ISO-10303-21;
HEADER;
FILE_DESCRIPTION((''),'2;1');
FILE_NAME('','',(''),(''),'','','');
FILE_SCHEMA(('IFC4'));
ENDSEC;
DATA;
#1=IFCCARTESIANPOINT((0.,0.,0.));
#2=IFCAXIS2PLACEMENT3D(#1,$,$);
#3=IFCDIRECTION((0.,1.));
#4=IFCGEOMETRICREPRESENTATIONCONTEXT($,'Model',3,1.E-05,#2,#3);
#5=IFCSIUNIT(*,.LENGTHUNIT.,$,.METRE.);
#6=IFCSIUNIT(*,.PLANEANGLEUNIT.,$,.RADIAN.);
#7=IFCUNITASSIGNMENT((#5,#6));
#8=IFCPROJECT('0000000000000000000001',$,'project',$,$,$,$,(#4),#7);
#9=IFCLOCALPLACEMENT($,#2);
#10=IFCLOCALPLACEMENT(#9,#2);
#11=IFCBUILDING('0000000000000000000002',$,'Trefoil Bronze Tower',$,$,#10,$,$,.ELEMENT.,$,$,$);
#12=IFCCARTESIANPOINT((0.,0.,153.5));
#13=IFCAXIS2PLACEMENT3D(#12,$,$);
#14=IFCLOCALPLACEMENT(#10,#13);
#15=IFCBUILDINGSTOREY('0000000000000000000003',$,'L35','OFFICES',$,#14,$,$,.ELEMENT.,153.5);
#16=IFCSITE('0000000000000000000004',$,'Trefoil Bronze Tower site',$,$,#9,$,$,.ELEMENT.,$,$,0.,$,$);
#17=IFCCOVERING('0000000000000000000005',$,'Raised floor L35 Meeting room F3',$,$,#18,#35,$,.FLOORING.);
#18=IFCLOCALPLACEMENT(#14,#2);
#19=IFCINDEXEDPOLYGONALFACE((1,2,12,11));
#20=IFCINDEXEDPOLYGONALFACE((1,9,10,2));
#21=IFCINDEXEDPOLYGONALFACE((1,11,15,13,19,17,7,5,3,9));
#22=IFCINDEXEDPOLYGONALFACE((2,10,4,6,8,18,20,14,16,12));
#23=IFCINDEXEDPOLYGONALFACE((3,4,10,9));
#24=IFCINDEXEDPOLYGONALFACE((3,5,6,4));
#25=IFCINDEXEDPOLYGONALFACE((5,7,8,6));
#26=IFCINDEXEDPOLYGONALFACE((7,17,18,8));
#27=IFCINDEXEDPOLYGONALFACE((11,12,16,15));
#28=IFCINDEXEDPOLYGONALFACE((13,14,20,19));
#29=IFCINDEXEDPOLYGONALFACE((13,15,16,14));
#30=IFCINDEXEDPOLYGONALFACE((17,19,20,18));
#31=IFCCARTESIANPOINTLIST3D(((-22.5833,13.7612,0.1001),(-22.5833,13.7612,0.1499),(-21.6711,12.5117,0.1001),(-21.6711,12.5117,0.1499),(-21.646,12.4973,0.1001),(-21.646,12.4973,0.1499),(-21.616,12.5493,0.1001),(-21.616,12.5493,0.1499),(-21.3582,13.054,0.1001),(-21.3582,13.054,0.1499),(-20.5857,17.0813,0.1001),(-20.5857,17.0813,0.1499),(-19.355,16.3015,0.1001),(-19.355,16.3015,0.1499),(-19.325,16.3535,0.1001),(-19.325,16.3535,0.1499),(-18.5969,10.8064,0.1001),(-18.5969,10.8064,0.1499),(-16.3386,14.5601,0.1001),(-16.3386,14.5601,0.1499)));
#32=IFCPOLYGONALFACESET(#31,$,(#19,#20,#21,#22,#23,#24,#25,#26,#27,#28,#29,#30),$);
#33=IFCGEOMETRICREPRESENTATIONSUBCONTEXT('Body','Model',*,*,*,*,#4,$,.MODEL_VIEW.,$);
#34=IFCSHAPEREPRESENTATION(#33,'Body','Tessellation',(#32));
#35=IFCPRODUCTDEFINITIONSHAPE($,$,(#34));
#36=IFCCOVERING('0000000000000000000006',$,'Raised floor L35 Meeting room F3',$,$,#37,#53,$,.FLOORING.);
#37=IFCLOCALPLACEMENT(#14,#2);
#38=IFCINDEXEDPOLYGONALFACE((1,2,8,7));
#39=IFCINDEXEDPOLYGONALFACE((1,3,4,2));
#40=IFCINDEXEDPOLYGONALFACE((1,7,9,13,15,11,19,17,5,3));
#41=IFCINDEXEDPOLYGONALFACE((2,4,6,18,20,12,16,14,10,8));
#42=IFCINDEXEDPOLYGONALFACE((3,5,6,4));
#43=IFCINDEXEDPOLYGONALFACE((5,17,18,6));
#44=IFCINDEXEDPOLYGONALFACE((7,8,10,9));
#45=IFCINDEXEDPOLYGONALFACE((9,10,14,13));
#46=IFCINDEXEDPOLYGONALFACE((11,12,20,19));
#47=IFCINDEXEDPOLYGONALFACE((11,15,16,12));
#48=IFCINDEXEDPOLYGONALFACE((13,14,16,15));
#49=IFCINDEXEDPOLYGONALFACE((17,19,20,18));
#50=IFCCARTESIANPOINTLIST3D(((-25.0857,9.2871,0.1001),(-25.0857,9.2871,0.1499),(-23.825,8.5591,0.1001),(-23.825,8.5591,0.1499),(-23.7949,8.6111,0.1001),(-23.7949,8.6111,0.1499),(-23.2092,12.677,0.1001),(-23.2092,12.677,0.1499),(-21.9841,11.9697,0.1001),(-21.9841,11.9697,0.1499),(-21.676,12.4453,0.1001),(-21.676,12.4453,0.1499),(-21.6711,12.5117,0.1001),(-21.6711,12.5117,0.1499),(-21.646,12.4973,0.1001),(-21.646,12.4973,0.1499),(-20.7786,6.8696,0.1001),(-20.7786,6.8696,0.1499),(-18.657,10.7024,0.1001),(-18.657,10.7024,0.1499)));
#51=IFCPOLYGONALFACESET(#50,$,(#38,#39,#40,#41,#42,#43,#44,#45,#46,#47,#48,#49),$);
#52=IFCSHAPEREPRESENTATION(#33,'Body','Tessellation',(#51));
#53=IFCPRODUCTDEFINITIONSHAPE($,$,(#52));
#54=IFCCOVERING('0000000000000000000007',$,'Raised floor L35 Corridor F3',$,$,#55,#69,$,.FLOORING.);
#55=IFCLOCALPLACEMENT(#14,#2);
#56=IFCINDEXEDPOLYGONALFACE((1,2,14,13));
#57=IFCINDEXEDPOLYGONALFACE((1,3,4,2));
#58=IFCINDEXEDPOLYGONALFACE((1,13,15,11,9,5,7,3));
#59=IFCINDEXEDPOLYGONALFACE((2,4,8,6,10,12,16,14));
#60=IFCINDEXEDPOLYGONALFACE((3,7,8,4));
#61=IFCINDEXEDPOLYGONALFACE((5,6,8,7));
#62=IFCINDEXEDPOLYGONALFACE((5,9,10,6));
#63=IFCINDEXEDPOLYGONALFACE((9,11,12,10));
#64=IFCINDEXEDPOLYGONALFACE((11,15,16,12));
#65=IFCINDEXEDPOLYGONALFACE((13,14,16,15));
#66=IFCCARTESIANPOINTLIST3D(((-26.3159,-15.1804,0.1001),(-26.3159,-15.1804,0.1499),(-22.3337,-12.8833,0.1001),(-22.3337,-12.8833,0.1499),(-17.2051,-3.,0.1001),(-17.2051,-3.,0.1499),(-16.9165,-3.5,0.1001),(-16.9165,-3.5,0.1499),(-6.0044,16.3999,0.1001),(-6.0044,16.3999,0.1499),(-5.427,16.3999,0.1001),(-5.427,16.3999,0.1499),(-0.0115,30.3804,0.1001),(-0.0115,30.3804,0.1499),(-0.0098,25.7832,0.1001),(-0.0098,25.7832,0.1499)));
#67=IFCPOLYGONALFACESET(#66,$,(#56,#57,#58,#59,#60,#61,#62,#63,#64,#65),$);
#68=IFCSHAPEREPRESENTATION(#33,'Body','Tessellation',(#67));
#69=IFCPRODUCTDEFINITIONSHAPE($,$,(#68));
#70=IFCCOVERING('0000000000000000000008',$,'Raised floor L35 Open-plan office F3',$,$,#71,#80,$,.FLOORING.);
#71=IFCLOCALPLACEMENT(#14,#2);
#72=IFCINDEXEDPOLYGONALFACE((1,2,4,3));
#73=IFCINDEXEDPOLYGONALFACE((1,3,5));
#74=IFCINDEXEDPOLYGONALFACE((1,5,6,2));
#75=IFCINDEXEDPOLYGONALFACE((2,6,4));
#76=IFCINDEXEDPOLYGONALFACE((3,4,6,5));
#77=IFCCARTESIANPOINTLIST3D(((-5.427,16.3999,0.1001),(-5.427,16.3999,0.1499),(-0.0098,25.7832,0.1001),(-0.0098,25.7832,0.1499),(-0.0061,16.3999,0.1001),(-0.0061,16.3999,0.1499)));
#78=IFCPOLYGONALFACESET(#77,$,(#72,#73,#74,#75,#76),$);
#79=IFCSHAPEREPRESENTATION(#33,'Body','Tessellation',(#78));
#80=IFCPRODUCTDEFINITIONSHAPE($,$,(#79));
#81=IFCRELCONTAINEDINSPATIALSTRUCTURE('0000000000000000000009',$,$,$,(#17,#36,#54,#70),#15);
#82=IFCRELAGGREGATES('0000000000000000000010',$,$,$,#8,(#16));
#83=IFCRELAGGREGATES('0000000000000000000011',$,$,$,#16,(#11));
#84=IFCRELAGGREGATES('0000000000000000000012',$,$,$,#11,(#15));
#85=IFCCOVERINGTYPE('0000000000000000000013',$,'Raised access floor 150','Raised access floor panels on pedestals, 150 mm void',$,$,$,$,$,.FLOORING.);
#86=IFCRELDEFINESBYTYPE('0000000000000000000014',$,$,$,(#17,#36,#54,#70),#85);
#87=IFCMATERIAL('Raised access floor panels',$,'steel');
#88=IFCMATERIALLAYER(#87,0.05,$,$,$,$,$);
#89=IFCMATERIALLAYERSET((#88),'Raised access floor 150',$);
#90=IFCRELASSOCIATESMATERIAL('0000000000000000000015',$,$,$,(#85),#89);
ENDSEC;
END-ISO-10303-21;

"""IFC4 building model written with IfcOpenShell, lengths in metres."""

from ifc_helpers import new_model, si_unit, direction, frame, origin, place, context, subcontext, project, spatial, polyline, outline, extrude, material, layer, layer_set, type_object, element, save


model = new_model("IFC4")

# Units and contexts
model_context = context("Model", 3, precision=1e-05, world=origin(), true_north=direction((0.0, 1.0)))
body_context = subcontext(model_context, "Body", "Model", "MODEL_VIEW")
ifc_project = project(units=[si_unit("LENGTHUNIT", "METRE"), si_unit("PLANEANGLEUNIT", "RADIAN")], contexts=[model_context])

# Site, building, storey
site_placement = place(None, origin())
site = spatial("IfcSite", under=ifc_project, at=site_placement, Name="Trefoil Bronze Tower site", CompositionType="ELEMENT", RefElevation=0.0)
building_placement = place(site_placement, origin())
building = spatial("IfcBuilding", under=site, at=building_placement, Name="Trefoil Bronze Tower", CompositionType="ELEMENT")
storey_placement = place(building_placement, frame((0.0, 0.0, 153.5)))
storey = spatial("IfcBuildingStorey", under=building, at=storey_placement, Name="L35", Description="OFFICES", CompositionType="ELEMENT", Elevation=153.5)

# Coverings
ifc_material_1 = material(Name="Raised access floor panels", Category="steel")
ifc_layer_1 = layer(ifc_material_1, 0.05)
ifc_layer_set_1 = layer_set([ifc_layer_1], Name="Raised access floor 150")
covering_type_1 = type_object("IfcCoveringType", Name="Raised access floor 150", Description="Raised access floor panels on pedestals, 150 mm void", PredefinedType="FLOORING", material=ifc_layer_set_1)
covering_1_placement = place(storey_placement, frame((0.0, 0.0, 0.1001)))
element("IfcCovering", 1, at=covering_1_placement, inside=storey, type_object=covering_type_1, Name="Raised floor L35 Meeting room F3", PredefinedType="FLOORING", context=body_context, shape_type="SweptSolid", body=[
    extrude(outline(polyline([(-19.325, 16.3535), (-19.355, 16.3015), (-16.3386, 14.5601), (-18.5969, 10.8064), (-21.616, 12.5493), (-21.646, 12.4973), (-21.6711, 12.5117), (-21.3582, 13.054), (-22.5833, 13.7612), (-20.5857, 17.0813), (-19.325, 16.3535)])), origin(), (0.0, 0.0, 1.0), 0.0498),
])
covering_2_placement = place(storey_placement, frame((0.0, 0.0, 0.1001)))
element("IfcCovering", 2, at=covering_2_placement, inside=storey, type_object=covering_type_1, Name="Raised floor L35 Meeting room F3", PredefinedType="FLOORING", context=body_context, shape_type="SweptSolid", body=[
    extrude(outline(polyline([(-21.646, 12.4973), (-21.676, 12.4453), (-18.657, 10.7024), (-20.7786, 6.8696), (-23.7949, 8.6111), (-23.825, 8.5591), (-25.0857, 9.2871), (-23.2092, 12.677), (-21.9841, 11.9697), (-21.6711, 12.5117), (-21.646, 12.4973)])), origin(), (0.0, 0.0, 1.0), 0.0498),
])
covering_3_placement = place(storey_placement, frame((0.0, 0.0, 0.1001)))
element("IfcCovering", 3, at=covering_3_placement, inside=storey, type_object=covering_type_1, Name="Raised floor L35 Corridor F3", PredefinedType="FLOORING", context=body_context, shape_type="SweptSolid", body=[
    extrude(outline(polyline([(-26.3159, -15.1804), (-0.0115, 30.3804), (-0.0098, 25.7832), (-5.427, 16.3999), (-6.0044, 16.3999), (-17.2051, -3.0), (-16.9165, -3.5), (-22.3337, -12.8833), (-26.3159, -15.1804)])), origin(), (0.0, 0.0, 1.0), 0.0498),
])
covering_4_placement = place(storey_placement, frame((0.0, 0.0, 0.1001)))
element("IfcCovering", 4, at=covering_4_placement, inside=storey, type_object=covering_type_1, Name="Raised floor L35 Open-plan office F3", PredefinedType="FLOORING", context=body_context, shape_type="SweptSolid", body=[
    extrude(outline(polyline([(-0.0098, 25.7832), (-0.0061, 16.3999), (-5.427, 16.3999), (-0.0098, 25.7832)])), origin(), (0.0, 0.0, 1.0), 0.0498),
])

save(model, "model.ifc")
